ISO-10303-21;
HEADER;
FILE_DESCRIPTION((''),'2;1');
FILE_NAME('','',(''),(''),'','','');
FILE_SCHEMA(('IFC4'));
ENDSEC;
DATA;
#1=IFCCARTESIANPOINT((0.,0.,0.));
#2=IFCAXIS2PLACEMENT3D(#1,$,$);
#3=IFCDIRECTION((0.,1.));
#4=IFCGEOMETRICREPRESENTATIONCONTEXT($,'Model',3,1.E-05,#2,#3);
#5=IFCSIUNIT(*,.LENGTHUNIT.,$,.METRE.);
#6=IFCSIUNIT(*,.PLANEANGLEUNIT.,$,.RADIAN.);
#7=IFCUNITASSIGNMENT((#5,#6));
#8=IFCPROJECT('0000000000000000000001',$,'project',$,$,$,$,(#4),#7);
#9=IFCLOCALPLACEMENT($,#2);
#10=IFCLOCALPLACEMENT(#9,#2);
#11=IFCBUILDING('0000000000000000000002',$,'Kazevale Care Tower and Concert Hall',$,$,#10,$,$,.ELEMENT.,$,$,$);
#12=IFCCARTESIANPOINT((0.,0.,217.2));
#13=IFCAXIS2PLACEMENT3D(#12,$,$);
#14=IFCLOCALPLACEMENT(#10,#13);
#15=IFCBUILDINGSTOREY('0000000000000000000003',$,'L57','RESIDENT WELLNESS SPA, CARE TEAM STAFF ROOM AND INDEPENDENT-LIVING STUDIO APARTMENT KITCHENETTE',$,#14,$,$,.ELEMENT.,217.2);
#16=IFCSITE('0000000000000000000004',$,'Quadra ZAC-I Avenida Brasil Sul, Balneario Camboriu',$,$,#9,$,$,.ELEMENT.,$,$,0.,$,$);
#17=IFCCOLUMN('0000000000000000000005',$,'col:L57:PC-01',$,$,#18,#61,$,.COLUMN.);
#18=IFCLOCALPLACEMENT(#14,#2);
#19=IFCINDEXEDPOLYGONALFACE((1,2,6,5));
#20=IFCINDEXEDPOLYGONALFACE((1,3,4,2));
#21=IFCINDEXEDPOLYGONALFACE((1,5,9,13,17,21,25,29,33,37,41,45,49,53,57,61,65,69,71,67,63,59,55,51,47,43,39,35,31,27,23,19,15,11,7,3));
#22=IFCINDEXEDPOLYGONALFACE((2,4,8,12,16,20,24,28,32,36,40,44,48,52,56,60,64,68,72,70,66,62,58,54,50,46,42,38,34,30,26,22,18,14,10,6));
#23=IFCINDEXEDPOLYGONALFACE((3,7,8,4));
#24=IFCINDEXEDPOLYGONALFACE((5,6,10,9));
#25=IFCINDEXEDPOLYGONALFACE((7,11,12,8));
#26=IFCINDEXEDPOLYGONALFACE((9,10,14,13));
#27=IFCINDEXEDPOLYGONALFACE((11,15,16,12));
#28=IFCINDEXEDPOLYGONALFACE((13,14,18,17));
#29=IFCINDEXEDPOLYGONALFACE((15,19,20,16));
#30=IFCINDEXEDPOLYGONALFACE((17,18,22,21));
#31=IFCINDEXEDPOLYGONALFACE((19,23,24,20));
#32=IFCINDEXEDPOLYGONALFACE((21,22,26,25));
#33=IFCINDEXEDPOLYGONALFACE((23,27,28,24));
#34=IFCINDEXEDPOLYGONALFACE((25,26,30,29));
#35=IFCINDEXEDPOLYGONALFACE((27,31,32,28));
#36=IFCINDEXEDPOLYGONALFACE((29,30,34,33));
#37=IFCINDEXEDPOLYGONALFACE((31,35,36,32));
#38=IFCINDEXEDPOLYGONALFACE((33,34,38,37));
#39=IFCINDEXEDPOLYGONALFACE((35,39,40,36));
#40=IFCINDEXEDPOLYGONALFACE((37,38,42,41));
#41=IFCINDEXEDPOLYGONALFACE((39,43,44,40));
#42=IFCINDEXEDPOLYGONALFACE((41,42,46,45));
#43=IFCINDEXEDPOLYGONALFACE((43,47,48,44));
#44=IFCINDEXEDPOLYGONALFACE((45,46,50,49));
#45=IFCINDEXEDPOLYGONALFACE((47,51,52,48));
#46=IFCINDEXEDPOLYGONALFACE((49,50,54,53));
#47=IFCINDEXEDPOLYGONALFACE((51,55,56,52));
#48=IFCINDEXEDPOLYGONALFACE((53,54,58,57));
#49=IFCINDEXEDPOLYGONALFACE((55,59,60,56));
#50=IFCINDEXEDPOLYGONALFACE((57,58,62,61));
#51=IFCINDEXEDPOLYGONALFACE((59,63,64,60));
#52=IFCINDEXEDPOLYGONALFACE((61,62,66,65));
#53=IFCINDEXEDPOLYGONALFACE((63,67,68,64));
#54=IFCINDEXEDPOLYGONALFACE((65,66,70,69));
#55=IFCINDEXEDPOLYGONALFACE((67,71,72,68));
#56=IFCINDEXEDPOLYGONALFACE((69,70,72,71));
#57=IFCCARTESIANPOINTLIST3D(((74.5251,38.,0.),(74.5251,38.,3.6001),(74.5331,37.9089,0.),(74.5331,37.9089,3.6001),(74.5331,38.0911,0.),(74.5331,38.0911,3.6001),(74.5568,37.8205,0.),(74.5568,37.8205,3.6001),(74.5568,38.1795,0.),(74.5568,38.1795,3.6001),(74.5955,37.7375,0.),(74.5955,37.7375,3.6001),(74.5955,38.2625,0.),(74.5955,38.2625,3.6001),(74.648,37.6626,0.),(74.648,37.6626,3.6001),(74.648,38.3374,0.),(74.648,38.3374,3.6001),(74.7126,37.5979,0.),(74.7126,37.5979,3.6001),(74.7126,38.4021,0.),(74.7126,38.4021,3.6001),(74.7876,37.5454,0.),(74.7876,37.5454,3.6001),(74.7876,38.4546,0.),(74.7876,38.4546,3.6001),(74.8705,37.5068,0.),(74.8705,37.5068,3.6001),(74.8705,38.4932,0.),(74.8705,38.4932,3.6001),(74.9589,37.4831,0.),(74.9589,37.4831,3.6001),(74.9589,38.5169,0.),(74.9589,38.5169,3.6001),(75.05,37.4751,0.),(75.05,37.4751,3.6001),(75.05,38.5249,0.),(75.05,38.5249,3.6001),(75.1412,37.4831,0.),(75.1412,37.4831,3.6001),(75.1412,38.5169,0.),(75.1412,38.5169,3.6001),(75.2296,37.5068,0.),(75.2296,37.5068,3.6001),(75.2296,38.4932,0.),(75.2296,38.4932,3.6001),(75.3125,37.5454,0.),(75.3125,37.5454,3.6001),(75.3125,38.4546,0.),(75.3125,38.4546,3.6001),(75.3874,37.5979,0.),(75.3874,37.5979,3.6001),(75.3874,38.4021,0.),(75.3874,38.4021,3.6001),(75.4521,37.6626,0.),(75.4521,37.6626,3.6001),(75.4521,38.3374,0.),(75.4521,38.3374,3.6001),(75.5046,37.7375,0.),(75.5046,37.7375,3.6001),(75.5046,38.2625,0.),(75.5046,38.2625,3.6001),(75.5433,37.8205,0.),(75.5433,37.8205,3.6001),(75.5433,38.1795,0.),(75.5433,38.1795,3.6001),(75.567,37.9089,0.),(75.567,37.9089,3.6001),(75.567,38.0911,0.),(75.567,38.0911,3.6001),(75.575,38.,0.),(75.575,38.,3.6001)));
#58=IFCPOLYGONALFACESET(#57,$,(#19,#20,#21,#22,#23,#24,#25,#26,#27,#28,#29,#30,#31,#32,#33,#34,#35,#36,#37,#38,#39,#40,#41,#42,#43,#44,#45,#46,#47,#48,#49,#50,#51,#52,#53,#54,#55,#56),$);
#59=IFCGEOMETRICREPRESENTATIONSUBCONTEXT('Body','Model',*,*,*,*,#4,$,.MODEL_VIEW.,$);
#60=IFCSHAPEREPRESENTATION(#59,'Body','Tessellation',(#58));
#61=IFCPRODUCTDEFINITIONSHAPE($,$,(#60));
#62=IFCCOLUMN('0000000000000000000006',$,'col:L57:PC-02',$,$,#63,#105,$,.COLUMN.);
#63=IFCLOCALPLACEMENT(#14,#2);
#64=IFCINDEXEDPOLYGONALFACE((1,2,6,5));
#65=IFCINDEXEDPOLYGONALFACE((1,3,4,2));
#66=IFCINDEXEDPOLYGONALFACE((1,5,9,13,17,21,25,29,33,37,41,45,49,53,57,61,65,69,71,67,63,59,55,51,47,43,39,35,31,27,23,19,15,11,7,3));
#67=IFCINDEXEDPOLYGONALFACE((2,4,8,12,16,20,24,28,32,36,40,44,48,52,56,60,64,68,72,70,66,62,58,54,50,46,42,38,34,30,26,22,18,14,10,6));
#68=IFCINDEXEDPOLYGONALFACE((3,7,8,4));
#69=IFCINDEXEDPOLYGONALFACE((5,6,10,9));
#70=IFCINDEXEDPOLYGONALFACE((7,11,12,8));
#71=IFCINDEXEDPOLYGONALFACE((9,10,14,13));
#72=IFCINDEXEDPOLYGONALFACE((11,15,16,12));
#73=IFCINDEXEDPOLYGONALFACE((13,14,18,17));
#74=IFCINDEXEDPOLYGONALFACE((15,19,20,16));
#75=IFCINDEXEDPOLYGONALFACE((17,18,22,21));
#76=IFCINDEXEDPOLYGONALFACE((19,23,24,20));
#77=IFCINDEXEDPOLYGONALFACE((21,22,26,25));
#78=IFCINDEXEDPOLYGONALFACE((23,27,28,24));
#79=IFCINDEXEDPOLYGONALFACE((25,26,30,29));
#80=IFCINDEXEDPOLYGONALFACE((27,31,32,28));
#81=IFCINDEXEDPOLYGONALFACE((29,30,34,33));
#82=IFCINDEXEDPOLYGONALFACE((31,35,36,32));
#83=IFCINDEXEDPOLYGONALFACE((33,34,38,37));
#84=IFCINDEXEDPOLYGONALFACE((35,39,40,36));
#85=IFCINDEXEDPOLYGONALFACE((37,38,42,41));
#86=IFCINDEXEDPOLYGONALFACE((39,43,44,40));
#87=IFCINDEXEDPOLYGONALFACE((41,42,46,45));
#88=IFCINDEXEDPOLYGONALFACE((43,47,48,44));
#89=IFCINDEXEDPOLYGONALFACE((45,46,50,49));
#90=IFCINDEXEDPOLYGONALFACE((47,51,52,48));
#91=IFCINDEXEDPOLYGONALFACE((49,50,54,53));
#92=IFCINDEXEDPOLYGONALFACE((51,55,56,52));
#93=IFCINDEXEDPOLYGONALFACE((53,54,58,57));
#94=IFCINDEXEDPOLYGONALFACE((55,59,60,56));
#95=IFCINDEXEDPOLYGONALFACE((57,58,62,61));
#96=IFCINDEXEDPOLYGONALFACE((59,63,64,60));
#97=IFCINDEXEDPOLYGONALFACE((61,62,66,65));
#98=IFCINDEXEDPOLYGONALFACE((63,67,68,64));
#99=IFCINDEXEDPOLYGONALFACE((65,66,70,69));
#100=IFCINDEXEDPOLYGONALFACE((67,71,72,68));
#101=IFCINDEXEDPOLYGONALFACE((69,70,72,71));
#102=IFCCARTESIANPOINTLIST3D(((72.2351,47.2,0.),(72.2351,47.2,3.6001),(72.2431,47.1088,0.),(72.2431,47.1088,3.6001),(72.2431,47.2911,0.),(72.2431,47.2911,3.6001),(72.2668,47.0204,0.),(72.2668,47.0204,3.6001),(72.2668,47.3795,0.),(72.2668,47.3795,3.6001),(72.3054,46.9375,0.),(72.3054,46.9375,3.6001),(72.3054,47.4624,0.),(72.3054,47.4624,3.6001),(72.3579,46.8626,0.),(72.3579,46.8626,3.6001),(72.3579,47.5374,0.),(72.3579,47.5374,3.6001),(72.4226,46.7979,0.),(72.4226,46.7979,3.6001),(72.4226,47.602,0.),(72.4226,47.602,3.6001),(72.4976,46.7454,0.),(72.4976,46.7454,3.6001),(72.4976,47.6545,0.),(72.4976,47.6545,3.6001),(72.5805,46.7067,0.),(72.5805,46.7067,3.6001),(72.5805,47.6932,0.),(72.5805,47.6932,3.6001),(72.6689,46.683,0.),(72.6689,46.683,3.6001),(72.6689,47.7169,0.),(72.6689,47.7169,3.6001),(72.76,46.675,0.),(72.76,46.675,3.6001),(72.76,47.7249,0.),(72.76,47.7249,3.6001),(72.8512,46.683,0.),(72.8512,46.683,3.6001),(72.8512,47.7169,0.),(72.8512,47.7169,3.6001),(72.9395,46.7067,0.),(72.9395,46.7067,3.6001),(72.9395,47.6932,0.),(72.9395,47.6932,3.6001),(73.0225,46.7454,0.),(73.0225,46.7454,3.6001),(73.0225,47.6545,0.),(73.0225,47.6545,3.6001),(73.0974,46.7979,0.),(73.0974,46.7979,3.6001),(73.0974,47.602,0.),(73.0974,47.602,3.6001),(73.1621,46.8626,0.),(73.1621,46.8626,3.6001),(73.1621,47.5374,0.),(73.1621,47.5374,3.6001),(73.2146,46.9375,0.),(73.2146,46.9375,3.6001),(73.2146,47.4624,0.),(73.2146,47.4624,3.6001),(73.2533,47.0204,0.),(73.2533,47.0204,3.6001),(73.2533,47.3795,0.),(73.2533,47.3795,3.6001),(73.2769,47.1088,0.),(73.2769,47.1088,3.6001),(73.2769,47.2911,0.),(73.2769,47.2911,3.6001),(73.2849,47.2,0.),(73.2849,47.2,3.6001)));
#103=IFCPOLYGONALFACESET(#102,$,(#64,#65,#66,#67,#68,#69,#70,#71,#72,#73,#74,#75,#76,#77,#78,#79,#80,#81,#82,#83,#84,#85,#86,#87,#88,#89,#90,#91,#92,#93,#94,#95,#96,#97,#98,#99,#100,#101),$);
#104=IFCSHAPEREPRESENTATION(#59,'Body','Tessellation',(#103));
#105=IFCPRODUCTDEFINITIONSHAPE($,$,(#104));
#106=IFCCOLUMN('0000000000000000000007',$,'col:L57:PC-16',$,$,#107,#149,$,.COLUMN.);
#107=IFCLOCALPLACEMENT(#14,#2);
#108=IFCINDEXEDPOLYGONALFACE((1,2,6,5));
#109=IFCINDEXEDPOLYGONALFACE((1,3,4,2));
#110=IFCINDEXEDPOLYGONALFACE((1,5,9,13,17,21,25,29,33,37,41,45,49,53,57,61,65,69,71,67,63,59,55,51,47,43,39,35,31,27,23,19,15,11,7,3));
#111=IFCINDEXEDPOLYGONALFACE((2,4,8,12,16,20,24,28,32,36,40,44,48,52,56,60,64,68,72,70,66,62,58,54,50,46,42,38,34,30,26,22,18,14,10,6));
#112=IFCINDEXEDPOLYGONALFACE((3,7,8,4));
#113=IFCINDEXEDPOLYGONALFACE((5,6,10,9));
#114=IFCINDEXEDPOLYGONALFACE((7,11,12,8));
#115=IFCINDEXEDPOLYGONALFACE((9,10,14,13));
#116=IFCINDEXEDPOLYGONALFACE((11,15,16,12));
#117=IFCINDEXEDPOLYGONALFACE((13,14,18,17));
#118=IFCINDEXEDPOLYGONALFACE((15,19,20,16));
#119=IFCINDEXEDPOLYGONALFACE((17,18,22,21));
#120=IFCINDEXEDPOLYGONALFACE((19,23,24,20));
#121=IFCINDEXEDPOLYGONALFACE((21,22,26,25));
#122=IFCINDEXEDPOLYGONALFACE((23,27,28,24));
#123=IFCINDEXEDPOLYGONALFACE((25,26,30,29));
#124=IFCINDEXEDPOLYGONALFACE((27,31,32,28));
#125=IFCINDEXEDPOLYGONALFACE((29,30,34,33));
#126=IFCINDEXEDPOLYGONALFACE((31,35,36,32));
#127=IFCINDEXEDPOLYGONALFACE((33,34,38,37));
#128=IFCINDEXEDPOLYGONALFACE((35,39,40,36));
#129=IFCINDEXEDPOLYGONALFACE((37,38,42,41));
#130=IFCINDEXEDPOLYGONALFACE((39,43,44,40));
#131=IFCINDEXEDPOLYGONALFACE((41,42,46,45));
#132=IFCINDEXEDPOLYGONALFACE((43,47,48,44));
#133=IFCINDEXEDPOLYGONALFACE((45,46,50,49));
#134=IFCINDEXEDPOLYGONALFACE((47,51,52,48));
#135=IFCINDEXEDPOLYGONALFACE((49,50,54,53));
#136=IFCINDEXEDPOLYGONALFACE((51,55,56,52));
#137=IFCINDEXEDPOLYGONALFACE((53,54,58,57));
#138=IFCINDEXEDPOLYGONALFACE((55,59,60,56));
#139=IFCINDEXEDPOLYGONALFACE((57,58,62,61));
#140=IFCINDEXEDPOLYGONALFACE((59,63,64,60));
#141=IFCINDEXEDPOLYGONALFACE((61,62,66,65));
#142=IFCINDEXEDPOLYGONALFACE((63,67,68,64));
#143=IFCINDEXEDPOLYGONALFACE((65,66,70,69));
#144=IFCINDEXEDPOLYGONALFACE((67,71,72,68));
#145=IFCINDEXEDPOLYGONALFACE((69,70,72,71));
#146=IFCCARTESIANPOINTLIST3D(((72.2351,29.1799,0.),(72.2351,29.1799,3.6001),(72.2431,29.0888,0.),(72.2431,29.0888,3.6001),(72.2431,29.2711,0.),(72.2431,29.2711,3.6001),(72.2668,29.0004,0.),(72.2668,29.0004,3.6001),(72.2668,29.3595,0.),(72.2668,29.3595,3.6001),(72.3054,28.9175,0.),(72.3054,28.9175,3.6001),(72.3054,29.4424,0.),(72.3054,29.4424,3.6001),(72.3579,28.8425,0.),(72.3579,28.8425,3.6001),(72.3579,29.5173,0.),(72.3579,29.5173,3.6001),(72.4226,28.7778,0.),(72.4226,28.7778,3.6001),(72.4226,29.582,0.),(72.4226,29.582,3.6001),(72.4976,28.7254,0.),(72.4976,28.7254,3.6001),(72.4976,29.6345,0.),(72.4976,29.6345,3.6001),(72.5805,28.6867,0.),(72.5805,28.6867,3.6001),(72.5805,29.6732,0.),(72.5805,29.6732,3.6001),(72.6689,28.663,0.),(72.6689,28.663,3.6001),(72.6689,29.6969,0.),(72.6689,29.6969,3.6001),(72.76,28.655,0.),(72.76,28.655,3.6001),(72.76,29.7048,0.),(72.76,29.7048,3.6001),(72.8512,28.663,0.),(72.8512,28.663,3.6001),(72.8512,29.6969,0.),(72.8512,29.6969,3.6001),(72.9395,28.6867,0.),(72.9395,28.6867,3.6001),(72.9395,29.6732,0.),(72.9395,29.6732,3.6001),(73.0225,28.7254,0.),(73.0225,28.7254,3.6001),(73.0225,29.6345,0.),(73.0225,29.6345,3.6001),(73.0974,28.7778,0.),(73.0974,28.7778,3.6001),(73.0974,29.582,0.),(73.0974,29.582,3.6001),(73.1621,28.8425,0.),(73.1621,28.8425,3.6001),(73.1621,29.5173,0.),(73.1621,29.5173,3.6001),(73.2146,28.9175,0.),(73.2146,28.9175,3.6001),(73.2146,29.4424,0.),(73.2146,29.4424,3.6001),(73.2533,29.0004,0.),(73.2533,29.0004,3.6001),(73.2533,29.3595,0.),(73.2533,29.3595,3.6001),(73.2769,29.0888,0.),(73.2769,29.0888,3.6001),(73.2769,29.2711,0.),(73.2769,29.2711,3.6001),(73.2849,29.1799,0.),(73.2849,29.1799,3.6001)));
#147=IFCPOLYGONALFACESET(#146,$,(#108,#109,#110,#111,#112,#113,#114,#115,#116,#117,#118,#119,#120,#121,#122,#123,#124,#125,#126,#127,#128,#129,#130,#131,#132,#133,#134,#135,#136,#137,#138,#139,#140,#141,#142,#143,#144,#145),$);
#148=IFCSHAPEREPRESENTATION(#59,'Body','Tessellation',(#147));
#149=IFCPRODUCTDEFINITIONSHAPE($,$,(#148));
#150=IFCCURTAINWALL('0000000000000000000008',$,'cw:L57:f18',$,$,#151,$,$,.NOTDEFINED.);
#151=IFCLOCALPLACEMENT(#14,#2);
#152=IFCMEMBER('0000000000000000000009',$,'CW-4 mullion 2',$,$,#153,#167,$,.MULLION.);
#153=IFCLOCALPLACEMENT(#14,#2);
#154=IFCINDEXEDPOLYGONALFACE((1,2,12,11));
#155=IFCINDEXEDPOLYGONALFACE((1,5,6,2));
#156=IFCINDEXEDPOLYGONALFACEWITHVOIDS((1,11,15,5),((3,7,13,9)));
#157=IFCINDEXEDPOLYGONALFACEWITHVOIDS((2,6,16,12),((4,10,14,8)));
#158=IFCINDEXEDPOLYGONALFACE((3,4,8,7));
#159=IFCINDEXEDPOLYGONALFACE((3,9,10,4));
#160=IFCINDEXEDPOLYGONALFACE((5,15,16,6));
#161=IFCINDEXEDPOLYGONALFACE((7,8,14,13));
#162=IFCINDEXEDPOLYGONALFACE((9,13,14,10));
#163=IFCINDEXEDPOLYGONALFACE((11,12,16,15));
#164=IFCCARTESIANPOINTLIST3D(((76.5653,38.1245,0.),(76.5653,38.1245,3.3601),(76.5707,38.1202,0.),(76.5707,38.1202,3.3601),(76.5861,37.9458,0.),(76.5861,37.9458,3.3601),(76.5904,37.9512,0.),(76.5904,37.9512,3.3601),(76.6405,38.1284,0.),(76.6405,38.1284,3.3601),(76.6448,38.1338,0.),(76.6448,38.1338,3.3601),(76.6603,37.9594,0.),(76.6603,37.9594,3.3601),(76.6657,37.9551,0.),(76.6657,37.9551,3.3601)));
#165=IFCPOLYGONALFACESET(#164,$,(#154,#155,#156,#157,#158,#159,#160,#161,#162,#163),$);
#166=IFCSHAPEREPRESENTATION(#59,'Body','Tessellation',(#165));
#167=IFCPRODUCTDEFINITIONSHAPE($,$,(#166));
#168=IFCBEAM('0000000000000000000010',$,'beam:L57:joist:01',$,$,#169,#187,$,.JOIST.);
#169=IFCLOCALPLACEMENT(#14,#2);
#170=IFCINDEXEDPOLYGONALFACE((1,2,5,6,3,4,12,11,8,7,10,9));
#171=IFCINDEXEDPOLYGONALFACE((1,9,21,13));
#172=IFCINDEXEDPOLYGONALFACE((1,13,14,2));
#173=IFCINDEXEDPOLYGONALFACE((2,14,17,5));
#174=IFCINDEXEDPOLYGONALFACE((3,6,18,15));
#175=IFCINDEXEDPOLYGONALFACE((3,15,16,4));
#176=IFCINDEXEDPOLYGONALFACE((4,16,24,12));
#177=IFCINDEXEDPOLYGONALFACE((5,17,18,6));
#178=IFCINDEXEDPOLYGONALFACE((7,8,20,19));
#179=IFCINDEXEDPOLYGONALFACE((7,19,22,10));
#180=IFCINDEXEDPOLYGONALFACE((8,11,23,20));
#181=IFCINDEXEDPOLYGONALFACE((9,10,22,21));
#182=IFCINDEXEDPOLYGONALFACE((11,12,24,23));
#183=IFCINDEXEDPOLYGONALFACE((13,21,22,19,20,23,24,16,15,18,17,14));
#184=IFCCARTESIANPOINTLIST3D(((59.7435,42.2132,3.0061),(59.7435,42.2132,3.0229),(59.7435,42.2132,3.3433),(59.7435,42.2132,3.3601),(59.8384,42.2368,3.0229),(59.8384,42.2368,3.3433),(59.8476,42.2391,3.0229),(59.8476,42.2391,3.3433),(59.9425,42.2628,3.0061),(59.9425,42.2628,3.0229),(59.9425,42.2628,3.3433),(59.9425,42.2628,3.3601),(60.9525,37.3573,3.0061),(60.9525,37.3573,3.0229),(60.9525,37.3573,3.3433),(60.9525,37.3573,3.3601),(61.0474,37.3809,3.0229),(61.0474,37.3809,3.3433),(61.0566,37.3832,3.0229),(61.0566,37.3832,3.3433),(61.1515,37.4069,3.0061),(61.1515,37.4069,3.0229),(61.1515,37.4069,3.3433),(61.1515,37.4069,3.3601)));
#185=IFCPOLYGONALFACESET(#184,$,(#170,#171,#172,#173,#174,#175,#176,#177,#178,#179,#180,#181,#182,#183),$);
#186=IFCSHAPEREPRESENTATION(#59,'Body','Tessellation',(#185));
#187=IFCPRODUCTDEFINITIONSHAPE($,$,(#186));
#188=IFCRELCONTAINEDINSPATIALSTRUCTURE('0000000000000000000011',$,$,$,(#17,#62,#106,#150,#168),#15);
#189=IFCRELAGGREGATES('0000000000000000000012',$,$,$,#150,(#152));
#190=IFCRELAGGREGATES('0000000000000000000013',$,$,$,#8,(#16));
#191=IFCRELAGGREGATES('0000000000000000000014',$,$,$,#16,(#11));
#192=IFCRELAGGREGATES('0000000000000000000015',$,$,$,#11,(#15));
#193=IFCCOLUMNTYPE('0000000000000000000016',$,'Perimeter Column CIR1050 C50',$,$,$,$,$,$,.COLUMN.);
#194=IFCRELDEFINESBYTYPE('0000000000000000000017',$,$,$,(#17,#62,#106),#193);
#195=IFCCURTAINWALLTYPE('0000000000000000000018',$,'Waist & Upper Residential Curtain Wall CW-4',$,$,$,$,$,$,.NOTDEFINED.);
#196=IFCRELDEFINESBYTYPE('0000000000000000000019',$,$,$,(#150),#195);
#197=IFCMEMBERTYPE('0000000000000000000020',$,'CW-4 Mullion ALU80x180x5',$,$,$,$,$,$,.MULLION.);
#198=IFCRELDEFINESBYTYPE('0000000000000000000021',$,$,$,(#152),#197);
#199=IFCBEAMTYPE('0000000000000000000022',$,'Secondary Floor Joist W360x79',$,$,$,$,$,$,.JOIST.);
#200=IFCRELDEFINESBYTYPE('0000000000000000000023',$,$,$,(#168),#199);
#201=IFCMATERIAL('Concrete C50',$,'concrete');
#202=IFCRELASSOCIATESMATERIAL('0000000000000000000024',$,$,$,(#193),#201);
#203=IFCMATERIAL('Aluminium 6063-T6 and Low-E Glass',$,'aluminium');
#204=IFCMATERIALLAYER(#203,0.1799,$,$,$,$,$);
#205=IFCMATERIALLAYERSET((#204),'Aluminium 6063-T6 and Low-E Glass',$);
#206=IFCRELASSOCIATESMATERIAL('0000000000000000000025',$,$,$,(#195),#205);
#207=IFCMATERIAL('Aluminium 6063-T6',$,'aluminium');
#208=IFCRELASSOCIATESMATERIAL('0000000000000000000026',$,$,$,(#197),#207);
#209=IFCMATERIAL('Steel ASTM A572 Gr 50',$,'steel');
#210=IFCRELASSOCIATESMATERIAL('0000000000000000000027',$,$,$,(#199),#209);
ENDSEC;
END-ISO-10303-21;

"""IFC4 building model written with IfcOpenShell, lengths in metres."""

from ifc_helpers import new_model, si_unit, direction, frame, origin, origin_2d, place, context, subcontext, project, spatial, hollow_rectangle, circle, i_section, extrude, material, layer, layer_set, material_profile, profile_set, type_object, element, aggregate, save


model = new_model("IFC4")

# Units and contexts
model_context = context("Model", 3, precision=1e-05, world=origin(), true_north=direction((0.0, 1.0)))
body_context = subcontext(model_context, "Body", "Model", "MODEL_VIEW")
ifc_project = project(units=[si_unit("LENGTHUNIT", "METRE"), si_unit("PLANEANGLEUNIT", "RADIAN")], contexts=[model_context])

# Site, building, storey
site_placement = place(None, origin())
site = spatial("IfcSite", under=ifc_project, at=site_placement, Name="Quadra ZAC-I Avenida Brasil Sul, Balneario Camboriu", CompositionType="ELEMENT", RefElevation=0.0)
building_placement = place(site_placement, origin())
building = spatial("IfcBuilding", under=site, at=building_placement, Name="Kazevale Care Tower and Concert Hall", CompositionType="ELEMENT")
storey_placement = place(building_placement, frame((0.0, 0.0, 217.2)))
storey = spatial("IfcBuildingStorey", under=building, at=storey_placement, Name="L57", Description="RESIDENT WELLNESS SPA, CARE TEAM STAFF ROOM AND INDEPENDENT-LIVING STUDIO APARTMENT KITCHENETTE", CompositionType="ELEMENT", Elevation=217.2)

# Columns
ifc_material_1 = material(Name="Concrete C50", Category="concrete")
ifc_material_profile_1 = material_profile(ifc_material_1, circle(Radius=0.5249, at=origin_2d()), Name="RC-CIR1050")
ifc_profile_set_1 = profile_set([ifc_material_profile_1], Name="Concrete C50")
column_type = type_object("IfcColumnType", Name="Perimeter Column CIR1050 C50", PredefinedType="COLUMN", material=ifc_profile_set_1)
for number, where, z_axis, x_axis, name in (
    (1, (75.05, 38.0, 0.0), (0.0, 0.0, 1.0), (1.0, 0.0, 0.0), "col:L57:PC-01"),
    (2, (72.76, 47.2, 0.0), (0.0, 0.0, 1.0), (1.0, 0.0, 0.0), "col:L57:PC-02"),
    (3, (72.76, 29.1799, 0.0), (0.0, 0.0, 1.0), (1.0, 0.0, 0.0), "col:L57:PC-16"),
):
    element("IfcColumn", number, at=place(storey_placement, frame(where, z_axis=z_axis, x_axis=x_axis)), inside=storey, type_object=column_type, Name=name, PredefinedType="COLUMN", context=body_context, shape_type="SweptSolid", body=[
        extrude(circle(Radius=0.5249, at=origin_2d()), origin(), (0.0, 0.0, 1.0), 3.6001),
    ])

# Curtain wall, member
ifc_material_2 = material(Name="Aluminium 6063-T6 and Low-E Glass", Category="aluminium")
ifc_layer_1 = layer(ifc_material_2, 0.1799)
ifc_layer_set_1 = layer_set([ifc_layer_1], Name="Aluminium 6063-T6 and Low-E Glass")
curtain_wall_type = type_object("IfcCurtainWallType", Name="Waist & Upper Residential Curtain Wall CW-4", PredefinedType="NOTDEFINED", material=ifc_layer_set_1)
curtain_wall_placement = place(storey_placement, origin())
curtain_wall = element("IfcCurtainWall", 4, at=curtain_wall_placement, inside=storey, type_object=curtain_wall_type, Name="cw:L57:f18", PredefinedType="NOTDEFINED")
ifc_material_3 = material(Name="Aluminium 6063-T6", Category="aluminium")
ifc_material_profile_2 = material_profile(ifc_material_3, hollow_rectangle(XDim=0.0801, YDim=0.1799, WallThickness=0.0049, at=origin_2d()), Name="ALU80x180x5")
ifc_profile_set_2 = profile_set([ifc_material_profile_2], Name="Aluminium 6063-T6")
member_type = type_object("IfcMemberType", Name="CW-4 Mullion ALU80x180x5", PredefinedType="MULLION", material=ifc_profile_set_2)
member_placement = place(storey_placement, frame((76.6155, 38.0398, 0.0), z_axis=(0.0, 0.0, 1.0), x_axis=(0.993267, 0.115847, 0.0)))
member = element("IfcMember", 5, at=member_placement, type_object=member_type, Name="CW-4 mullion 2", PredefinedType="MULLION", context=body_context, shape_type="SweptSolid", body=[
    extrude(hollow_rectangle(XDim=0.0801, YDim=0.1799, WallThickness=0.0049, at=origin_2d()), origin(), (0.0, 0.0, 1.0), 3.3601),
])

# Beam
ifc_material_4 = material(Name="Steel ASTM A572 Gr 50", Category="steel")
ifc_material_profile_3 = material_profile(ifc_material_4, i_section(OverallWidth=0.2051, OverallDepth=0.354, WebThickness=0.0095, FlangeThickness=0.0168, at=origin_2d()), Name="W360x79")
ifc_profile_set_3 = profile_set([ifc_material_profile_3], Name="Steel ASTM A572 Gr 50")
beam_type_1 = type_object("IfcBeamType", Name="Secondary Floor Joist W360x79", PredefinedType="JOIST", material=ifc_profile_set_3)
beam_1_placement = place(storey_placement, frame((61.052, 37.3821, 3.1831), z_axis=(-0.241594, 0.970377, 0.0), x_axis=(-0.970377, -0.241594, 0.0)))
element("IfcBeam", 6, at=beam_1_placement, inside=storey, type_object=beam_type_1, Name="beam:L57:joist:01", PredefinedType="JOIST", context=body_context, shape_type="SweptSolid", body=[
    extrude(i_section(OverallWidth=0.2051, OverallDepth=0.354, WebThickness=0.0095, FlangeThickness=0.0168, at=origin_2d()), origin(), (0.0, 0.0, 1.0), 5.0042),
])

aggregate(curtain_wall, [member])

save(model, "model.ifc")
